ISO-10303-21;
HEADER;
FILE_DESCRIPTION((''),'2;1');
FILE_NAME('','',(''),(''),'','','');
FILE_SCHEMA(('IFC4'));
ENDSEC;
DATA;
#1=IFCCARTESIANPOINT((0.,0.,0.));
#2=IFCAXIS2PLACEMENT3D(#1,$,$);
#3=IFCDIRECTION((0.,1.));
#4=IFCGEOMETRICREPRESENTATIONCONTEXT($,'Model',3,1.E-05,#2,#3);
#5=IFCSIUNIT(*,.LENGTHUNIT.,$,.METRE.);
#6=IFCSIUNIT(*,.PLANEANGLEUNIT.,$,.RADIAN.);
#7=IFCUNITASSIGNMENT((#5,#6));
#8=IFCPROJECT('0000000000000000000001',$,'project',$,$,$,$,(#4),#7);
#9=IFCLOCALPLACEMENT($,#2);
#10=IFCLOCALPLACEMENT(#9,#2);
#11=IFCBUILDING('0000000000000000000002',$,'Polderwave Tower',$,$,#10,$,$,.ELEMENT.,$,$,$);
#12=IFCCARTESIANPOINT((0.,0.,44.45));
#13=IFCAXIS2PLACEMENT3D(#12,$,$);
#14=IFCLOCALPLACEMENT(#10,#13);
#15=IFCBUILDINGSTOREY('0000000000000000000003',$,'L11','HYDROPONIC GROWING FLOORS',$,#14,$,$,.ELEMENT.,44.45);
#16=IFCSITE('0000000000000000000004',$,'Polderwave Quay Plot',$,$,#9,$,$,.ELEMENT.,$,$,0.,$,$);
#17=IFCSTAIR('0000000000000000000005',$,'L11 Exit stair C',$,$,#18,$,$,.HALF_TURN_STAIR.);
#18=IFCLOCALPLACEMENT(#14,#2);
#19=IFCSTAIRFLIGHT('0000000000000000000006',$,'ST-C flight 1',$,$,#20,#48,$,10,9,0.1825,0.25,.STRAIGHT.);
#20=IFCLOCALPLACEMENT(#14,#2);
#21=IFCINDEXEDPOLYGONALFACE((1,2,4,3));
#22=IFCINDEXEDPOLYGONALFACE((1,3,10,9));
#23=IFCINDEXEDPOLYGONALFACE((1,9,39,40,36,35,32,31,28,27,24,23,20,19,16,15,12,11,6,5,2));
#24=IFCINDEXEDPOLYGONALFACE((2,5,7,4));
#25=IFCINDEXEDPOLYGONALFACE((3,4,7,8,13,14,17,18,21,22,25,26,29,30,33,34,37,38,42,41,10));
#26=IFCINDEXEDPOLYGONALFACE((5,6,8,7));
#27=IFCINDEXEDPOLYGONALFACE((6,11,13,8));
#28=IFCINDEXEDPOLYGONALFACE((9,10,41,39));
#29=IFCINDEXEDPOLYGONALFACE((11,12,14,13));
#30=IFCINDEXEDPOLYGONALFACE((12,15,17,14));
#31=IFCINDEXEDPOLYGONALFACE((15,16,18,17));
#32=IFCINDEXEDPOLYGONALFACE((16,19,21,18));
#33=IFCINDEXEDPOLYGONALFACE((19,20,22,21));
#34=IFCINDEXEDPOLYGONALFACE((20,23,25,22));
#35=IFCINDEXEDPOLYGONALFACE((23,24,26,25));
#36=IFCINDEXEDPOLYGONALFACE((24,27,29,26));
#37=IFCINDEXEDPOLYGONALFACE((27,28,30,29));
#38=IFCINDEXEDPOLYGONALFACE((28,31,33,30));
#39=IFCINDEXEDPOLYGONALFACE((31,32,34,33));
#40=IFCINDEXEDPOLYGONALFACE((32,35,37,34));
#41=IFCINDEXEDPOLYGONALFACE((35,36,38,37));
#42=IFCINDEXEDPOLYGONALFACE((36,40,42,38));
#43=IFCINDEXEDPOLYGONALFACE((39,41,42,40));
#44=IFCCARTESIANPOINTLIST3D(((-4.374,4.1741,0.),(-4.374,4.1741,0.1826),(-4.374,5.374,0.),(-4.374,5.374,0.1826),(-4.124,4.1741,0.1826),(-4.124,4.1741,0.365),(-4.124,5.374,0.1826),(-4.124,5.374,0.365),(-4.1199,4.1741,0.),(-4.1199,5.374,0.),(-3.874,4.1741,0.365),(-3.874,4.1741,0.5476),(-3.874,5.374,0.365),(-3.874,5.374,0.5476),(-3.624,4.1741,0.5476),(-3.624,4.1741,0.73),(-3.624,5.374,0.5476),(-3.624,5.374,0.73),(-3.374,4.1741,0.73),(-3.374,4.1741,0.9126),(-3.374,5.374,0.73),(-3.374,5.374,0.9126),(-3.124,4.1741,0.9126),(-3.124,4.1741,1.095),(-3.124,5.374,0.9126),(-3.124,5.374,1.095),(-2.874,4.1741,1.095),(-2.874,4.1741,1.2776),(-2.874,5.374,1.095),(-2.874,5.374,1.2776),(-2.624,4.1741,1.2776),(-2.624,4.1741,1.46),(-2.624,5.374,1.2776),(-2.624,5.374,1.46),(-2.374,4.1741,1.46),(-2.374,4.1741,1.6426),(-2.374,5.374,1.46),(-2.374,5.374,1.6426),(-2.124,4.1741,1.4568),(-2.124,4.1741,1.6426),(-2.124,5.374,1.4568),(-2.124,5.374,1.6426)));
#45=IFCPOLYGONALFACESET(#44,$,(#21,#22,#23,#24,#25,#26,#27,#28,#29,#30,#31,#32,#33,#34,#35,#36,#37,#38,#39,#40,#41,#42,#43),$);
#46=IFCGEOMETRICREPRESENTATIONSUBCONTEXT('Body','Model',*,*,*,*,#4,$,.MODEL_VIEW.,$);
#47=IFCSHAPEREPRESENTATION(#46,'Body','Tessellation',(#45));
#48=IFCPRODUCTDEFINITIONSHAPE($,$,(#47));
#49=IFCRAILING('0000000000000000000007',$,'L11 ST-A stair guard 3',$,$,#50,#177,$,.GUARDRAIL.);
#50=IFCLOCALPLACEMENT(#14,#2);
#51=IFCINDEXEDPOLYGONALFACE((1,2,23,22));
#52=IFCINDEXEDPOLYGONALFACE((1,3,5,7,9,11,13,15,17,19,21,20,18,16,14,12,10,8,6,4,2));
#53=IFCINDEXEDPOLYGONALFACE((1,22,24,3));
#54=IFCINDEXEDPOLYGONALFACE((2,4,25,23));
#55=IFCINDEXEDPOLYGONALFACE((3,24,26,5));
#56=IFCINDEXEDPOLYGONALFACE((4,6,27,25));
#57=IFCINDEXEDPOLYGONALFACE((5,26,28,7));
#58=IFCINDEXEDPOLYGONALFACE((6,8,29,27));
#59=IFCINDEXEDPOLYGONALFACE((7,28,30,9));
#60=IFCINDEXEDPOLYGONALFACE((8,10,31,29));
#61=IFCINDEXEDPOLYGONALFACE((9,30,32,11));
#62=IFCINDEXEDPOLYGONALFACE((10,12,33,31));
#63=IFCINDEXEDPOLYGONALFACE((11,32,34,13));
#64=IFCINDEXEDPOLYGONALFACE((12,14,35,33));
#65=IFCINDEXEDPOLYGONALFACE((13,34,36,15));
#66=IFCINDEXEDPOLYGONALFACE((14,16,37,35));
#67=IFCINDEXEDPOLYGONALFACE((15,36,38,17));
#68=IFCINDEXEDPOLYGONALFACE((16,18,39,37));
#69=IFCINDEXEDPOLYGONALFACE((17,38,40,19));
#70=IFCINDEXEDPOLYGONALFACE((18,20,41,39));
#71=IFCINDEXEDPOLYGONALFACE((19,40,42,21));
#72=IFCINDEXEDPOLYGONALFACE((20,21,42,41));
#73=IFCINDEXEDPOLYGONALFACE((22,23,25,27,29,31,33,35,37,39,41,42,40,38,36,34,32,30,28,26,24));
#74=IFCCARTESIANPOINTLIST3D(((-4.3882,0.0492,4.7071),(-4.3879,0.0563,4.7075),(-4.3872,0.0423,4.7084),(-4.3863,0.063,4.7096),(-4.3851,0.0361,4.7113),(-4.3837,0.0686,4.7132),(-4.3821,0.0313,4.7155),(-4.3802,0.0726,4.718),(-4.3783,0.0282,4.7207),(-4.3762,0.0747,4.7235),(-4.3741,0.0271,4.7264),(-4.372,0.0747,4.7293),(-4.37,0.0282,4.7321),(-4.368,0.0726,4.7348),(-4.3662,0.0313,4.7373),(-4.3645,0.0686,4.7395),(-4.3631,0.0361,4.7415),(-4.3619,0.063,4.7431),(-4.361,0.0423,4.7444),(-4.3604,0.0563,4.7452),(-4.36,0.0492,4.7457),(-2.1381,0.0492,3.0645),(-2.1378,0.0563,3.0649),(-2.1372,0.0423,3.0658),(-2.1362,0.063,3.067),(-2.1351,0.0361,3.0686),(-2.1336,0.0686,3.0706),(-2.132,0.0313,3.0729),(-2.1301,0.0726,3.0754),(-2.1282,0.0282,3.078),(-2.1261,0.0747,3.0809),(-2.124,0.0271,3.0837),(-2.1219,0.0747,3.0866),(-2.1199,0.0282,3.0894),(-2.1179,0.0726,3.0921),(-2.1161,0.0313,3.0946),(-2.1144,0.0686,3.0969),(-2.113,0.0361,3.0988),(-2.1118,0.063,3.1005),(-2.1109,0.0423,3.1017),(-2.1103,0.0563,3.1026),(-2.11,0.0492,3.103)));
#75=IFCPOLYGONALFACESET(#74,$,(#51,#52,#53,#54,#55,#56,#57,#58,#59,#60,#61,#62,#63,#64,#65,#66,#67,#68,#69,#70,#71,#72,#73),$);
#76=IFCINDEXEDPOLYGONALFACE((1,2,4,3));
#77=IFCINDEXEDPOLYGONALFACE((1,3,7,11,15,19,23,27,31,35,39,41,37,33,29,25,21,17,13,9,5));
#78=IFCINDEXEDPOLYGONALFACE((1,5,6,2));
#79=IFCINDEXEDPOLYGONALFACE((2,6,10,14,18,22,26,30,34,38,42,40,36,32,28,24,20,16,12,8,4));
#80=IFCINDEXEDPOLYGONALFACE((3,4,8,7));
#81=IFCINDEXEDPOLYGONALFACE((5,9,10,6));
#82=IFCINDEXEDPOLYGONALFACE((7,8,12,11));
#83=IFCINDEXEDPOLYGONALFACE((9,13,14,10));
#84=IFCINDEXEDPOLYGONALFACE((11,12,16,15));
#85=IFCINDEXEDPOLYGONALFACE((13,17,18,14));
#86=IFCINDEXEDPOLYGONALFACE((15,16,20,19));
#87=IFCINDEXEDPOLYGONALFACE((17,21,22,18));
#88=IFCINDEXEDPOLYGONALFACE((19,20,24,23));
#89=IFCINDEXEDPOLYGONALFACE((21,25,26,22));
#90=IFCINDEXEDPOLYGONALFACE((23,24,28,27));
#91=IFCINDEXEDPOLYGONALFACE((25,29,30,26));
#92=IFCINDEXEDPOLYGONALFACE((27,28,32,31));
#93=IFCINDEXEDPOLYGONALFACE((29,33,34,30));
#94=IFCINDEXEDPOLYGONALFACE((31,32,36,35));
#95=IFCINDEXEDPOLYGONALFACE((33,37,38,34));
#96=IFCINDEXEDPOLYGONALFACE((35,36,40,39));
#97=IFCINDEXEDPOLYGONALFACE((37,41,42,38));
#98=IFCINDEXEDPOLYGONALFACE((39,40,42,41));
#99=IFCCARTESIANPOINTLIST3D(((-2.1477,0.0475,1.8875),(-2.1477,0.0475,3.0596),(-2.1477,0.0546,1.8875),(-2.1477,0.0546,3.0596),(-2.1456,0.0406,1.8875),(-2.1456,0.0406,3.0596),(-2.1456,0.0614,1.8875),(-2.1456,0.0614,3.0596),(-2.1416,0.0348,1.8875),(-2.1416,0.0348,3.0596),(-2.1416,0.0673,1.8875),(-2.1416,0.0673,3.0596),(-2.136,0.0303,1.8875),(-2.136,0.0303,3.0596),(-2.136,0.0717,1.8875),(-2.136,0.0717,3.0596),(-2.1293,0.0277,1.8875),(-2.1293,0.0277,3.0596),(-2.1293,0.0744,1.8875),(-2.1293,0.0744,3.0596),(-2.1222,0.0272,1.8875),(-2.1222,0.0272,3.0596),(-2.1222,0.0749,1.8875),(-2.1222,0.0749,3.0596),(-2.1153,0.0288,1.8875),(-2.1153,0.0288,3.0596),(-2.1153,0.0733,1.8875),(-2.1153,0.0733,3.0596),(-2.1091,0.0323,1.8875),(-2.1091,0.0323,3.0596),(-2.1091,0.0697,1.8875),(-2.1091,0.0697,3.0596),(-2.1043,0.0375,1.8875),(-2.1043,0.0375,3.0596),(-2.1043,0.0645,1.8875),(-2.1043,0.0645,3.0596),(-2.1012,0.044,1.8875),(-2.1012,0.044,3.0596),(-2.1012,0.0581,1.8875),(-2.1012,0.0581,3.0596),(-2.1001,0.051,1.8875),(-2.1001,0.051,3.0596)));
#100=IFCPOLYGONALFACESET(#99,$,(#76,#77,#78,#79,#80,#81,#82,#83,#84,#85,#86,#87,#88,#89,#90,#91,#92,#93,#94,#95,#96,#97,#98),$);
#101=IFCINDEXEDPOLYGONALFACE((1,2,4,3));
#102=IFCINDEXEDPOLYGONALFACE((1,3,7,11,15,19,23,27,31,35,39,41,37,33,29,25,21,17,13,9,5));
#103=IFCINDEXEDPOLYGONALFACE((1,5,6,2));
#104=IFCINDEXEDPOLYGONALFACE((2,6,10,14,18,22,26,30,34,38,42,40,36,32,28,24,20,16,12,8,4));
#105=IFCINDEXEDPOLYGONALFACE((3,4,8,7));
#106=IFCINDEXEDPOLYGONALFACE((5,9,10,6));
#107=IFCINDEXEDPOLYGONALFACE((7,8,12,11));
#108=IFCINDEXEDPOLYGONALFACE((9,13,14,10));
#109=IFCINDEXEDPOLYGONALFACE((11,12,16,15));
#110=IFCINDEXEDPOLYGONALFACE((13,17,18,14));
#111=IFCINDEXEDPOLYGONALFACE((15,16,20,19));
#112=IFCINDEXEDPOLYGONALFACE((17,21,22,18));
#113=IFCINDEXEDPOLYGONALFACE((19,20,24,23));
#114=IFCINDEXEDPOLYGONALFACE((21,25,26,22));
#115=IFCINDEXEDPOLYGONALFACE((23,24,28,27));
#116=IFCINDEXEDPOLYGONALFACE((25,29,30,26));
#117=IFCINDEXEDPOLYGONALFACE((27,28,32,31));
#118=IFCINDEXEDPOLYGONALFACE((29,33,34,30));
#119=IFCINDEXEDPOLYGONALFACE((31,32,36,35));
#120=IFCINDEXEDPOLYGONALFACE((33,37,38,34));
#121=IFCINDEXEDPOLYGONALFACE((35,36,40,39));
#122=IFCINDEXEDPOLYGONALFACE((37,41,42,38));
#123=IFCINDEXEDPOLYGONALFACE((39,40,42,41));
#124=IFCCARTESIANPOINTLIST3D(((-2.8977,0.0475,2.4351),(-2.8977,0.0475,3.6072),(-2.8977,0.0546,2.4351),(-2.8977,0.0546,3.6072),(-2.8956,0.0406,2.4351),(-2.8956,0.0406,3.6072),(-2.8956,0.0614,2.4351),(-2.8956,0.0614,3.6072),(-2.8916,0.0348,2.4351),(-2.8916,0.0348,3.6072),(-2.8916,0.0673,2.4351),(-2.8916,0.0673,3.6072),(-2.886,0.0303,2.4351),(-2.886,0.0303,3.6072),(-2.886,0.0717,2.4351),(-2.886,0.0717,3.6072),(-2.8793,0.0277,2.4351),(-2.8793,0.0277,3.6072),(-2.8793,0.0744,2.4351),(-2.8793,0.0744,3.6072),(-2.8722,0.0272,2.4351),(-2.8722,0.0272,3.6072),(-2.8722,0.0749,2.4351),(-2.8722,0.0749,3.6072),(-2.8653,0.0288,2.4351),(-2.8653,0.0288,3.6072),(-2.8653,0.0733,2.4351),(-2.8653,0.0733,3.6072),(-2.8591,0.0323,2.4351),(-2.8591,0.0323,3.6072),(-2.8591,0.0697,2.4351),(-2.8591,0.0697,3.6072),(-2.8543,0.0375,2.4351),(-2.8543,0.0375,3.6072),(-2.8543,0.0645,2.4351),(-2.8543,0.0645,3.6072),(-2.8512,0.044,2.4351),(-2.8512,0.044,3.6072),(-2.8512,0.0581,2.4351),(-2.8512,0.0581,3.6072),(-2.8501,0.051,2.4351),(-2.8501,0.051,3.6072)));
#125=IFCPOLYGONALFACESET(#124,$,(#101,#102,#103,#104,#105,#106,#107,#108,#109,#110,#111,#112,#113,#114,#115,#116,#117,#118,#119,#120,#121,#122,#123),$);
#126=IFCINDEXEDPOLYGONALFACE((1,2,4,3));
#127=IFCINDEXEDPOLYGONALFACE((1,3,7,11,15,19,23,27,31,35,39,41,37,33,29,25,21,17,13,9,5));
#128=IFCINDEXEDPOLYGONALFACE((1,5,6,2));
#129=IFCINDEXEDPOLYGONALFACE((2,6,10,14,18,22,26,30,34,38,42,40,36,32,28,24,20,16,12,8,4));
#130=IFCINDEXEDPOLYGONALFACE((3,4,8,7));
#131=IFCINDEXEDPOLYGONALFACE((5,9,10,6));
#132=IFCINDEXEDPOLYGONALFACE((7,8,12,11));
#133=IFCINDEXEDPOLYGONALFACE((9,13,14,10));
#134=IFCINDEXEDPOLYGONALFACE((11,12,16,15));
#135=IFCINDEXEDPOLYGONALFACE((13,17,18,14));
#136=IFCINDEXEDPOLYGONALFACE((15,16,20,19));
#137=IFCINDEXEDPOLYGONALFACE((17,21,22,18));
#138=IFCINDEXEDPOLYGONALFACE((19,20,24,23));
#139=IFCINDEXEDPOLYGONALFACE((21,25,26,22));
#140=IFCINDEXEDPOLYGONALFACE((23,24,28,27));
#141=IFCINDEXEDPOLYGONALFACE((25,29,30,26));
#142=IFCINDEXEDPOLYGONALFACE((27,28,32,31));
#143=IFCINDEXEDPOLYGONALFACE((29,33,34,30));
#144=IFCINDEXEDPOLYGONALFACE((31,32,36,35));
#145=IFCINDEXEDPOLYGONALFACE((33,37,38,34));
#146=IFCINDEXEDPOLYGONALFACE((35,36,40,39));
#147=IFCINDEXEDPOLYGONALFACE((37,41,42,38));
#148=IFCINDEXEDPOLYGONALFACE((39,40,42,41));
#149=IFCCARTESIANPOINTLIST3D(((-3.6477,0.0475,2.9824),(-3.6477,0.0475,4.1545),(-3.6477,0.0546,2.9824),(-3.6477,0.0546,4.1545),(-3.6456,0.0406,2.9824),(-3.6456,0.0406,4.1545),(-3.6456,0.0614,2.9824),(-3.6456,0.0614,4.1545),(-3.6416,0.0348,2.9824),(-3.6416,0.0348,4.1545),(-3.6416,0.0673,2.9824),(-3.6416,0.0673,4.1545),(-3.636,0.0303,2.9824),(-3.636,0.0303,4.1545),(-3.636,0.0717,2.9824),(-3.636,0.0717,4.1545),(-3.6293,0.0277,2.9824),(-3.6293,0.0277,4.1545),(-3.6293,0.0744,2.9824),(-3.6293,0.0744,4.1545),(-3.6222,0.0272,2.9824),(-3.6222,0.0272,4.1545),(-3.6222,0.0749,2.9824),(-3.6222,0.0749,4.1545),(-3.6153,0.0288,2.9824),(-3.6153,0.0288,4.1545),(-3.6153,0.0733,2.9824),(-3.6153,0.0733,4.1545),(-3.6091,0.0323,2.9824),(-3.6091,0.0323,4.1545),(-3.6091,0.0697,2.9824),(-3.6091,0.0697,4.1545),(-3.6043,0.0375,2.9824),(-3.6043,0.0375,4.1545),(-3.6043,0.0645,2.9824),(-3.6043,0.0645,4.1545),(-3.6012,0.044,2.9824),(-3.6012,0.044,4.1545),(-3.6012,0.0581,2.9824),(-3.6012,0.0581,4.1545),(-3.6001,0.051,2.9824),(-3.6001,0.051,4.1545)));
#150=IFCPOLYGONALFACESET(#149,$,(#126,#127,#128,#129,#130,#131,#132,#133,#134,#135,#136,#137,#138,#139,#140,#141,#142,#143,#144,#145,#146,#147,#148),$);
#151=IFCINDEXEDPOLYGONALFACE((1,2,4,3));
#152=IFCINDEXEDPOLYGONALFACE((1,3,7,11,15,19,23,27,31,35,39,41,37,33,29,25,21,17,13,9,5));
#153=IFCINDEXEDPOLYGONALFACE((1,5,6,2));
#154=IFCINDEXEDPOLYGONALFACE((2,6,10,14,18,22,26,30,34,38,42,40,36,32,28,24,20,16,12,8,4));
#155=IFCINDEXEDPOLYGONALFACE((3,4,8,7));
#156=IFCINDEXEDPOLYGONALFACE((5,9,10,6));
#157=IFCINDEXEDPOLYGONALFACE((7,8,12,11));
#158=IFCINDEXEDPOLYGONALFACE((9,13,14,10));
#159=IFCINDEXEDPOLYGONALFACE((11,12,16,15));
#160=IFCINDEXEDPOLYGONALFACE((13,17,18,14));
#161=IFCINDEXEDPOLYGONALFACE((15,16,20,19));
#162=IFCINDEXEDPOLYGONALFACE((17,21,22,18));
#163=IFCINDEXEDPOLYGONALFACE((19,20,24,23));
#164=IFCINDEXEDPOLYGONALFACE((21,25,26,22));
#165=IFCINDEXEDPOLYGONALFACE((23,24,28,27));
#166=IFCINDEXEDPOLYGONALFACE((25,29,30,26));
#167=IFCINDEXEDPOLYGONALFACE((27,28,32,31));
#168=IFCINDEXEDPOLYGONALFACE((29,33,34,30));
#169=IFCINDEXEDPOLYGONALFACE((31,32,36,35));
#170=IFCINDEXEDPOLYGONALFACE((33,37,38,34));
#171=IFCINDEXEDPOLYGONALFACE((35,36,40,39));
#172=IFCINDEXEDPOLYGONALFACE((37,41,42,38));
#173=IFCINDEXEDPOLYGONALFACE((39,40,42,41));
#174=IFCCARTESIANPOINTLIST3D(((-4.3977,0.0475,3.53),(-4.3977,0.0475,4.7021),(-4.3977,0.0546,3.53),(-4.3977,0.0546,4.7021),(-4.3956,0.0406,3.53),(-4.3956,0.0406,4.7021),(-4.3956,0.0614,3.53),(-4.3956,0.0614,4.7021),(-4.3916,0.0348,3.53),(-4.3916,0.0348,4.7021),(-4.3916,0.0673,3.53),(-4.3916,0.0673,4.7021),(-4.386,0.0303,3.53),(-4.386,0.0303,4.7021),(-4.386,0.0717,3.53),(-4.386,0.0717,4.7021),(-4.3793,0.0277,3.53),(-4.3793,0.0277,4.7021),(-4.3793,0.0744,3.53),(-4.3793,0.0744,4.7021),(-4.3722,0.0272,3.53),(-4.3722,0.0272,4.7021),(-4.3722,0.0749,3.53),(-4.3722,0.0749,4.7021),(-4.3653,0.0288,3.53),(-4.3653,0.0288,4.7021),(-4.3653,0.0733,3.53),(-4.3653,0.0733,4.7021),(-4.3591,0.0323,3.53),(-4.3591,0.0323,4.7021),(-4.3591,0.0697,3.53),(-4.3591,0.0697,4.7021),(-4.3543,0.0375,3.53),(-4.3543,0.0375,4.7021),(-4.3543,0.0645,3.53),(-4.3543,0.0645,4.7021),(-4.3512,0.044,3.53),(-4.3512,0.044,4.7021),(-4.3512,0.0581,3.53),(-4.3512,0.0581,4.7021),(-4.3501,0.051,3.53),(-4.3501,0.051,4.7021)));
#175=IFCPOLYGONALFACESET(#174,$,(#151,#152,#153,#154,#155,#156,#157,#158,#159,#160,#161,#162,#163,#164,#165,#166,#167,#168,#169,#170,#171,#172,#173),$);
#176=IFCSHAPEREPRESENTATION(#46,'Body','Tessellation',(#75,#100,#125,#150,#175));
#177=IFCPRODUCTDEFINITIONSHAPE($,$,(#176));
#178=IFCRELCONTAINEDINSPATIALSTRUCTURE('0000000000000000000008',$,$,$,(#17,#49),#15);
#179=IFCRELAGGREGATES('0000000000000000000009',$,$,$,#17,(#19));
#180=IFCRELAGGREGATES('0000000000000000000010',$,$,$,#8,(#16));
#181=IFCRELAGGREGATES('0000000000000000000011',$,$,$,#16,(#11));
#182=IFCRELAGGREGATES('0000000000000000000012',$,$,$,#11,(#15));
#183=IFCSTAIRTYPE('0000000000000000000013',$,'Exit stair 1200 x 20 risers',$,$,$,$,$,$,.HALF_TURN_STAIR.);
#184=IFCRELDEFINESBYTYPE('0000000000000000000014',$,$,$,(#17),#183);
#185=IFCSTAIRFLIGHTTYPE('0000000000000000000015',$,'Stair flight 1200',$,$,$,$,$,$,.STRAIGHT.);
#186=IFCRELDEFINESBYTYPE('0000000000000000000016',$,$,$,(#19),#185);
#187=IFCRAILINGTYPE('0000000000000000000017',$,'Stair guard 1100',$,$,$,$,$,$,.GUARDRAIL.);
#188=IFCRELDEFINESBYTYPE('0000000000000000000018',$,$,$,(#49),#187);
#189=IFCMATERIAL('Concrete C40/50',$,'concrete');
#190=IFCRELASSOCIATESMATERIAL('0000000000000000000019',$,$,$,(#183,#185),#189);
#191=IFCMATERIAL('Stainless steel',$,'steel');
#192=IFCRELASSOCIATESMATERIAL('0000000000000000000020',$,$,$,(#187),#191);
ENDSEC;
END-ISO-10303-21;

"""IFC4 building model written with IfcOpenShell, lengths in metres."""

from ifc_helpers import new_model, si_unit, direction, frame, origin, origin_2d, place, context, subcontext, project, spatial, polyline, circle, outline, extrude, material, type_object, element, aggregate, save


model = new_model("IFC4")

# Units and contexts
model_context = context("Model", 3, precision=1e-05, world=origin(), true_north=direction((0.0, 1.0)))
body_context = subcontext(model_context, "Body", "Model", "MODEL_VIEW")
ifc_project = project(units=[si_unit("LENGTHUNIT", "METRE"), si_unit("PLANEANGLEUNIT", "RADIAN")], contexts=[model_context])

# Site, building, storey
site_placement = place(None, origin())
site = spatial("IfcSite", under=ifc_project, at=site_placement, Name="Polderwave Quay Plot", CompositionType="ELEMENT", RefElevation=0.0)
building_placement = place(site_placement, origin())
building = spatial("IfcBuilding", under=site, at=building_placement, Name="Polderwave Tower", CompositionType="ELEMENT")
storey_placement = place(building_placement, frame((0.0, 0.0, 44.45)))
storey = spatial("IfcBuildingStorey", under=building, at=storey_placement, Name="L11", Description="HYDROPONIC GROWING FLOORS", CompositionType="ELEMENT", Elevation=44.45)

# Shared definitions
ifc_material_1 = material(Name="Concrete C40/50", Category="concrete")

# Stair
stair_type = type_object("IfcStairType", Name="Exit stair 1200 x 20 risers", PredefinedType="HALF_TURN_STAIR", material=ifc_material_1)
stair_1_placement = place(storey_placement, origin())
stair_1 = element("IfcStair", 1, at=stair_1_placement, inside=storey, type_object=stair_type, Name="L11 Exit stair C", PredefinedType="HALF_TURN_STAIR")

# Shared definitions
stair_flight_type = type_object("IfcStairFlightType", Name="Stair flight 1200", PredefinedType="STRAIGHT", material=ifc_material_1)

# Stair flight
stair_flight_1_placement = place(storey_placement, frame((-4.374, 4.7739, 0.0), z_axis=(0.0, 0.0, 1.0), x_axis=(1.0, 0.0, 0.0)))
stair_flight_1 = element("IfcStairFlight", 2, at=stair_flight_1_placement, type_object=stair_flight_type, Name="ST-C flight 1", NumberOfRisers=10, NumberOfTreads=9, PredefinedType="STRAIGHT", RiserHeight=0.1825, TreadLength=0.25, context=body_context, shape_type="SweptSolid", body=[
    extrude(outline(polyline([(0.0, 0.0), (0.0, 0.1826), (0.25, 0.1826), (0.25, 0.365), (0.5, 0.365), (0.5, 0.5476), (0.75, 0.5476), (0.75, 0.73), (1.0, 0.73), (1.0, 0.9126), (1.25, 0.9126), (1.25, 1.095), (1.5, 1.095), (1.5, 1.2776), (1.75, 1.2776), (1.75, 1.46), (2.0, 1.46), (2.0, 1.6426), (2.25, 1.6426), (2.25, 1.825), (2.25, 1.4568), (0.2542, 0.0), (0.0, 0.0)])), frame((0.0, 0.6001, 0.0), z_axis=(0.0, -1.0, 0.0), x_axis=(1.0, 0.0, 0.0)), (0.0, 0.0, 1.0), 1.2),
])
aggregate(stair_1, [stair_flight_1])

# Railing
ifc_material_2 = material(Name="Stainless steel", Category="steel")
railing_type_1 = type_object("IfcRailingType", Name="Stair guard 1100", PredefinedType="GUARDRAIL", material=ifc_material_2)
railing_1_placement = place(storey_placement, frame((-2.124, 0.051, 1.8875)))
element("IfcRailing", 3, at=railing_1_placement, inside=storey, type_object=railing_type_1, Name="L11 ST-A stair guard 3", PredefinedType="GUARDRAIL", context=body_context, shape_type="SweptSolid", body=[
    extrude(circle(Radius=0.0239, at=origin_2d()), frame((0.0, 0.0, 1.1963), z_axis=(-0.807674, 0.0, 0.58963), x_axis=(0.0, -1.0, 0.0)), (0.0, 0.0, 1.0), 2.7859),
    extrude(circle(Radius=0.0239, at=origin_2d()), origin(), (0.0, 0.0, 1.0), 1.1721),
    extrude(circle(Radius=0.0239, at=origin_2d()), frame((-0.75, 0.0, 0.5476)), (0.0, 0.0, 1.0), 1.1721),
    extrude(circle(Radius=0.0239, at=origin_2d()), frame((-1.5, 0.0, 1.095)), (0.0, 0.0, 1.0), 1.1721),
    extrude(circle(Radius=0.0239, at=origin_2d()), frame((-2.25, 0.0, 1.6426)), (0.0, 0.0, 1.0), 1.1721),
])

save(model, "model.ifc")
